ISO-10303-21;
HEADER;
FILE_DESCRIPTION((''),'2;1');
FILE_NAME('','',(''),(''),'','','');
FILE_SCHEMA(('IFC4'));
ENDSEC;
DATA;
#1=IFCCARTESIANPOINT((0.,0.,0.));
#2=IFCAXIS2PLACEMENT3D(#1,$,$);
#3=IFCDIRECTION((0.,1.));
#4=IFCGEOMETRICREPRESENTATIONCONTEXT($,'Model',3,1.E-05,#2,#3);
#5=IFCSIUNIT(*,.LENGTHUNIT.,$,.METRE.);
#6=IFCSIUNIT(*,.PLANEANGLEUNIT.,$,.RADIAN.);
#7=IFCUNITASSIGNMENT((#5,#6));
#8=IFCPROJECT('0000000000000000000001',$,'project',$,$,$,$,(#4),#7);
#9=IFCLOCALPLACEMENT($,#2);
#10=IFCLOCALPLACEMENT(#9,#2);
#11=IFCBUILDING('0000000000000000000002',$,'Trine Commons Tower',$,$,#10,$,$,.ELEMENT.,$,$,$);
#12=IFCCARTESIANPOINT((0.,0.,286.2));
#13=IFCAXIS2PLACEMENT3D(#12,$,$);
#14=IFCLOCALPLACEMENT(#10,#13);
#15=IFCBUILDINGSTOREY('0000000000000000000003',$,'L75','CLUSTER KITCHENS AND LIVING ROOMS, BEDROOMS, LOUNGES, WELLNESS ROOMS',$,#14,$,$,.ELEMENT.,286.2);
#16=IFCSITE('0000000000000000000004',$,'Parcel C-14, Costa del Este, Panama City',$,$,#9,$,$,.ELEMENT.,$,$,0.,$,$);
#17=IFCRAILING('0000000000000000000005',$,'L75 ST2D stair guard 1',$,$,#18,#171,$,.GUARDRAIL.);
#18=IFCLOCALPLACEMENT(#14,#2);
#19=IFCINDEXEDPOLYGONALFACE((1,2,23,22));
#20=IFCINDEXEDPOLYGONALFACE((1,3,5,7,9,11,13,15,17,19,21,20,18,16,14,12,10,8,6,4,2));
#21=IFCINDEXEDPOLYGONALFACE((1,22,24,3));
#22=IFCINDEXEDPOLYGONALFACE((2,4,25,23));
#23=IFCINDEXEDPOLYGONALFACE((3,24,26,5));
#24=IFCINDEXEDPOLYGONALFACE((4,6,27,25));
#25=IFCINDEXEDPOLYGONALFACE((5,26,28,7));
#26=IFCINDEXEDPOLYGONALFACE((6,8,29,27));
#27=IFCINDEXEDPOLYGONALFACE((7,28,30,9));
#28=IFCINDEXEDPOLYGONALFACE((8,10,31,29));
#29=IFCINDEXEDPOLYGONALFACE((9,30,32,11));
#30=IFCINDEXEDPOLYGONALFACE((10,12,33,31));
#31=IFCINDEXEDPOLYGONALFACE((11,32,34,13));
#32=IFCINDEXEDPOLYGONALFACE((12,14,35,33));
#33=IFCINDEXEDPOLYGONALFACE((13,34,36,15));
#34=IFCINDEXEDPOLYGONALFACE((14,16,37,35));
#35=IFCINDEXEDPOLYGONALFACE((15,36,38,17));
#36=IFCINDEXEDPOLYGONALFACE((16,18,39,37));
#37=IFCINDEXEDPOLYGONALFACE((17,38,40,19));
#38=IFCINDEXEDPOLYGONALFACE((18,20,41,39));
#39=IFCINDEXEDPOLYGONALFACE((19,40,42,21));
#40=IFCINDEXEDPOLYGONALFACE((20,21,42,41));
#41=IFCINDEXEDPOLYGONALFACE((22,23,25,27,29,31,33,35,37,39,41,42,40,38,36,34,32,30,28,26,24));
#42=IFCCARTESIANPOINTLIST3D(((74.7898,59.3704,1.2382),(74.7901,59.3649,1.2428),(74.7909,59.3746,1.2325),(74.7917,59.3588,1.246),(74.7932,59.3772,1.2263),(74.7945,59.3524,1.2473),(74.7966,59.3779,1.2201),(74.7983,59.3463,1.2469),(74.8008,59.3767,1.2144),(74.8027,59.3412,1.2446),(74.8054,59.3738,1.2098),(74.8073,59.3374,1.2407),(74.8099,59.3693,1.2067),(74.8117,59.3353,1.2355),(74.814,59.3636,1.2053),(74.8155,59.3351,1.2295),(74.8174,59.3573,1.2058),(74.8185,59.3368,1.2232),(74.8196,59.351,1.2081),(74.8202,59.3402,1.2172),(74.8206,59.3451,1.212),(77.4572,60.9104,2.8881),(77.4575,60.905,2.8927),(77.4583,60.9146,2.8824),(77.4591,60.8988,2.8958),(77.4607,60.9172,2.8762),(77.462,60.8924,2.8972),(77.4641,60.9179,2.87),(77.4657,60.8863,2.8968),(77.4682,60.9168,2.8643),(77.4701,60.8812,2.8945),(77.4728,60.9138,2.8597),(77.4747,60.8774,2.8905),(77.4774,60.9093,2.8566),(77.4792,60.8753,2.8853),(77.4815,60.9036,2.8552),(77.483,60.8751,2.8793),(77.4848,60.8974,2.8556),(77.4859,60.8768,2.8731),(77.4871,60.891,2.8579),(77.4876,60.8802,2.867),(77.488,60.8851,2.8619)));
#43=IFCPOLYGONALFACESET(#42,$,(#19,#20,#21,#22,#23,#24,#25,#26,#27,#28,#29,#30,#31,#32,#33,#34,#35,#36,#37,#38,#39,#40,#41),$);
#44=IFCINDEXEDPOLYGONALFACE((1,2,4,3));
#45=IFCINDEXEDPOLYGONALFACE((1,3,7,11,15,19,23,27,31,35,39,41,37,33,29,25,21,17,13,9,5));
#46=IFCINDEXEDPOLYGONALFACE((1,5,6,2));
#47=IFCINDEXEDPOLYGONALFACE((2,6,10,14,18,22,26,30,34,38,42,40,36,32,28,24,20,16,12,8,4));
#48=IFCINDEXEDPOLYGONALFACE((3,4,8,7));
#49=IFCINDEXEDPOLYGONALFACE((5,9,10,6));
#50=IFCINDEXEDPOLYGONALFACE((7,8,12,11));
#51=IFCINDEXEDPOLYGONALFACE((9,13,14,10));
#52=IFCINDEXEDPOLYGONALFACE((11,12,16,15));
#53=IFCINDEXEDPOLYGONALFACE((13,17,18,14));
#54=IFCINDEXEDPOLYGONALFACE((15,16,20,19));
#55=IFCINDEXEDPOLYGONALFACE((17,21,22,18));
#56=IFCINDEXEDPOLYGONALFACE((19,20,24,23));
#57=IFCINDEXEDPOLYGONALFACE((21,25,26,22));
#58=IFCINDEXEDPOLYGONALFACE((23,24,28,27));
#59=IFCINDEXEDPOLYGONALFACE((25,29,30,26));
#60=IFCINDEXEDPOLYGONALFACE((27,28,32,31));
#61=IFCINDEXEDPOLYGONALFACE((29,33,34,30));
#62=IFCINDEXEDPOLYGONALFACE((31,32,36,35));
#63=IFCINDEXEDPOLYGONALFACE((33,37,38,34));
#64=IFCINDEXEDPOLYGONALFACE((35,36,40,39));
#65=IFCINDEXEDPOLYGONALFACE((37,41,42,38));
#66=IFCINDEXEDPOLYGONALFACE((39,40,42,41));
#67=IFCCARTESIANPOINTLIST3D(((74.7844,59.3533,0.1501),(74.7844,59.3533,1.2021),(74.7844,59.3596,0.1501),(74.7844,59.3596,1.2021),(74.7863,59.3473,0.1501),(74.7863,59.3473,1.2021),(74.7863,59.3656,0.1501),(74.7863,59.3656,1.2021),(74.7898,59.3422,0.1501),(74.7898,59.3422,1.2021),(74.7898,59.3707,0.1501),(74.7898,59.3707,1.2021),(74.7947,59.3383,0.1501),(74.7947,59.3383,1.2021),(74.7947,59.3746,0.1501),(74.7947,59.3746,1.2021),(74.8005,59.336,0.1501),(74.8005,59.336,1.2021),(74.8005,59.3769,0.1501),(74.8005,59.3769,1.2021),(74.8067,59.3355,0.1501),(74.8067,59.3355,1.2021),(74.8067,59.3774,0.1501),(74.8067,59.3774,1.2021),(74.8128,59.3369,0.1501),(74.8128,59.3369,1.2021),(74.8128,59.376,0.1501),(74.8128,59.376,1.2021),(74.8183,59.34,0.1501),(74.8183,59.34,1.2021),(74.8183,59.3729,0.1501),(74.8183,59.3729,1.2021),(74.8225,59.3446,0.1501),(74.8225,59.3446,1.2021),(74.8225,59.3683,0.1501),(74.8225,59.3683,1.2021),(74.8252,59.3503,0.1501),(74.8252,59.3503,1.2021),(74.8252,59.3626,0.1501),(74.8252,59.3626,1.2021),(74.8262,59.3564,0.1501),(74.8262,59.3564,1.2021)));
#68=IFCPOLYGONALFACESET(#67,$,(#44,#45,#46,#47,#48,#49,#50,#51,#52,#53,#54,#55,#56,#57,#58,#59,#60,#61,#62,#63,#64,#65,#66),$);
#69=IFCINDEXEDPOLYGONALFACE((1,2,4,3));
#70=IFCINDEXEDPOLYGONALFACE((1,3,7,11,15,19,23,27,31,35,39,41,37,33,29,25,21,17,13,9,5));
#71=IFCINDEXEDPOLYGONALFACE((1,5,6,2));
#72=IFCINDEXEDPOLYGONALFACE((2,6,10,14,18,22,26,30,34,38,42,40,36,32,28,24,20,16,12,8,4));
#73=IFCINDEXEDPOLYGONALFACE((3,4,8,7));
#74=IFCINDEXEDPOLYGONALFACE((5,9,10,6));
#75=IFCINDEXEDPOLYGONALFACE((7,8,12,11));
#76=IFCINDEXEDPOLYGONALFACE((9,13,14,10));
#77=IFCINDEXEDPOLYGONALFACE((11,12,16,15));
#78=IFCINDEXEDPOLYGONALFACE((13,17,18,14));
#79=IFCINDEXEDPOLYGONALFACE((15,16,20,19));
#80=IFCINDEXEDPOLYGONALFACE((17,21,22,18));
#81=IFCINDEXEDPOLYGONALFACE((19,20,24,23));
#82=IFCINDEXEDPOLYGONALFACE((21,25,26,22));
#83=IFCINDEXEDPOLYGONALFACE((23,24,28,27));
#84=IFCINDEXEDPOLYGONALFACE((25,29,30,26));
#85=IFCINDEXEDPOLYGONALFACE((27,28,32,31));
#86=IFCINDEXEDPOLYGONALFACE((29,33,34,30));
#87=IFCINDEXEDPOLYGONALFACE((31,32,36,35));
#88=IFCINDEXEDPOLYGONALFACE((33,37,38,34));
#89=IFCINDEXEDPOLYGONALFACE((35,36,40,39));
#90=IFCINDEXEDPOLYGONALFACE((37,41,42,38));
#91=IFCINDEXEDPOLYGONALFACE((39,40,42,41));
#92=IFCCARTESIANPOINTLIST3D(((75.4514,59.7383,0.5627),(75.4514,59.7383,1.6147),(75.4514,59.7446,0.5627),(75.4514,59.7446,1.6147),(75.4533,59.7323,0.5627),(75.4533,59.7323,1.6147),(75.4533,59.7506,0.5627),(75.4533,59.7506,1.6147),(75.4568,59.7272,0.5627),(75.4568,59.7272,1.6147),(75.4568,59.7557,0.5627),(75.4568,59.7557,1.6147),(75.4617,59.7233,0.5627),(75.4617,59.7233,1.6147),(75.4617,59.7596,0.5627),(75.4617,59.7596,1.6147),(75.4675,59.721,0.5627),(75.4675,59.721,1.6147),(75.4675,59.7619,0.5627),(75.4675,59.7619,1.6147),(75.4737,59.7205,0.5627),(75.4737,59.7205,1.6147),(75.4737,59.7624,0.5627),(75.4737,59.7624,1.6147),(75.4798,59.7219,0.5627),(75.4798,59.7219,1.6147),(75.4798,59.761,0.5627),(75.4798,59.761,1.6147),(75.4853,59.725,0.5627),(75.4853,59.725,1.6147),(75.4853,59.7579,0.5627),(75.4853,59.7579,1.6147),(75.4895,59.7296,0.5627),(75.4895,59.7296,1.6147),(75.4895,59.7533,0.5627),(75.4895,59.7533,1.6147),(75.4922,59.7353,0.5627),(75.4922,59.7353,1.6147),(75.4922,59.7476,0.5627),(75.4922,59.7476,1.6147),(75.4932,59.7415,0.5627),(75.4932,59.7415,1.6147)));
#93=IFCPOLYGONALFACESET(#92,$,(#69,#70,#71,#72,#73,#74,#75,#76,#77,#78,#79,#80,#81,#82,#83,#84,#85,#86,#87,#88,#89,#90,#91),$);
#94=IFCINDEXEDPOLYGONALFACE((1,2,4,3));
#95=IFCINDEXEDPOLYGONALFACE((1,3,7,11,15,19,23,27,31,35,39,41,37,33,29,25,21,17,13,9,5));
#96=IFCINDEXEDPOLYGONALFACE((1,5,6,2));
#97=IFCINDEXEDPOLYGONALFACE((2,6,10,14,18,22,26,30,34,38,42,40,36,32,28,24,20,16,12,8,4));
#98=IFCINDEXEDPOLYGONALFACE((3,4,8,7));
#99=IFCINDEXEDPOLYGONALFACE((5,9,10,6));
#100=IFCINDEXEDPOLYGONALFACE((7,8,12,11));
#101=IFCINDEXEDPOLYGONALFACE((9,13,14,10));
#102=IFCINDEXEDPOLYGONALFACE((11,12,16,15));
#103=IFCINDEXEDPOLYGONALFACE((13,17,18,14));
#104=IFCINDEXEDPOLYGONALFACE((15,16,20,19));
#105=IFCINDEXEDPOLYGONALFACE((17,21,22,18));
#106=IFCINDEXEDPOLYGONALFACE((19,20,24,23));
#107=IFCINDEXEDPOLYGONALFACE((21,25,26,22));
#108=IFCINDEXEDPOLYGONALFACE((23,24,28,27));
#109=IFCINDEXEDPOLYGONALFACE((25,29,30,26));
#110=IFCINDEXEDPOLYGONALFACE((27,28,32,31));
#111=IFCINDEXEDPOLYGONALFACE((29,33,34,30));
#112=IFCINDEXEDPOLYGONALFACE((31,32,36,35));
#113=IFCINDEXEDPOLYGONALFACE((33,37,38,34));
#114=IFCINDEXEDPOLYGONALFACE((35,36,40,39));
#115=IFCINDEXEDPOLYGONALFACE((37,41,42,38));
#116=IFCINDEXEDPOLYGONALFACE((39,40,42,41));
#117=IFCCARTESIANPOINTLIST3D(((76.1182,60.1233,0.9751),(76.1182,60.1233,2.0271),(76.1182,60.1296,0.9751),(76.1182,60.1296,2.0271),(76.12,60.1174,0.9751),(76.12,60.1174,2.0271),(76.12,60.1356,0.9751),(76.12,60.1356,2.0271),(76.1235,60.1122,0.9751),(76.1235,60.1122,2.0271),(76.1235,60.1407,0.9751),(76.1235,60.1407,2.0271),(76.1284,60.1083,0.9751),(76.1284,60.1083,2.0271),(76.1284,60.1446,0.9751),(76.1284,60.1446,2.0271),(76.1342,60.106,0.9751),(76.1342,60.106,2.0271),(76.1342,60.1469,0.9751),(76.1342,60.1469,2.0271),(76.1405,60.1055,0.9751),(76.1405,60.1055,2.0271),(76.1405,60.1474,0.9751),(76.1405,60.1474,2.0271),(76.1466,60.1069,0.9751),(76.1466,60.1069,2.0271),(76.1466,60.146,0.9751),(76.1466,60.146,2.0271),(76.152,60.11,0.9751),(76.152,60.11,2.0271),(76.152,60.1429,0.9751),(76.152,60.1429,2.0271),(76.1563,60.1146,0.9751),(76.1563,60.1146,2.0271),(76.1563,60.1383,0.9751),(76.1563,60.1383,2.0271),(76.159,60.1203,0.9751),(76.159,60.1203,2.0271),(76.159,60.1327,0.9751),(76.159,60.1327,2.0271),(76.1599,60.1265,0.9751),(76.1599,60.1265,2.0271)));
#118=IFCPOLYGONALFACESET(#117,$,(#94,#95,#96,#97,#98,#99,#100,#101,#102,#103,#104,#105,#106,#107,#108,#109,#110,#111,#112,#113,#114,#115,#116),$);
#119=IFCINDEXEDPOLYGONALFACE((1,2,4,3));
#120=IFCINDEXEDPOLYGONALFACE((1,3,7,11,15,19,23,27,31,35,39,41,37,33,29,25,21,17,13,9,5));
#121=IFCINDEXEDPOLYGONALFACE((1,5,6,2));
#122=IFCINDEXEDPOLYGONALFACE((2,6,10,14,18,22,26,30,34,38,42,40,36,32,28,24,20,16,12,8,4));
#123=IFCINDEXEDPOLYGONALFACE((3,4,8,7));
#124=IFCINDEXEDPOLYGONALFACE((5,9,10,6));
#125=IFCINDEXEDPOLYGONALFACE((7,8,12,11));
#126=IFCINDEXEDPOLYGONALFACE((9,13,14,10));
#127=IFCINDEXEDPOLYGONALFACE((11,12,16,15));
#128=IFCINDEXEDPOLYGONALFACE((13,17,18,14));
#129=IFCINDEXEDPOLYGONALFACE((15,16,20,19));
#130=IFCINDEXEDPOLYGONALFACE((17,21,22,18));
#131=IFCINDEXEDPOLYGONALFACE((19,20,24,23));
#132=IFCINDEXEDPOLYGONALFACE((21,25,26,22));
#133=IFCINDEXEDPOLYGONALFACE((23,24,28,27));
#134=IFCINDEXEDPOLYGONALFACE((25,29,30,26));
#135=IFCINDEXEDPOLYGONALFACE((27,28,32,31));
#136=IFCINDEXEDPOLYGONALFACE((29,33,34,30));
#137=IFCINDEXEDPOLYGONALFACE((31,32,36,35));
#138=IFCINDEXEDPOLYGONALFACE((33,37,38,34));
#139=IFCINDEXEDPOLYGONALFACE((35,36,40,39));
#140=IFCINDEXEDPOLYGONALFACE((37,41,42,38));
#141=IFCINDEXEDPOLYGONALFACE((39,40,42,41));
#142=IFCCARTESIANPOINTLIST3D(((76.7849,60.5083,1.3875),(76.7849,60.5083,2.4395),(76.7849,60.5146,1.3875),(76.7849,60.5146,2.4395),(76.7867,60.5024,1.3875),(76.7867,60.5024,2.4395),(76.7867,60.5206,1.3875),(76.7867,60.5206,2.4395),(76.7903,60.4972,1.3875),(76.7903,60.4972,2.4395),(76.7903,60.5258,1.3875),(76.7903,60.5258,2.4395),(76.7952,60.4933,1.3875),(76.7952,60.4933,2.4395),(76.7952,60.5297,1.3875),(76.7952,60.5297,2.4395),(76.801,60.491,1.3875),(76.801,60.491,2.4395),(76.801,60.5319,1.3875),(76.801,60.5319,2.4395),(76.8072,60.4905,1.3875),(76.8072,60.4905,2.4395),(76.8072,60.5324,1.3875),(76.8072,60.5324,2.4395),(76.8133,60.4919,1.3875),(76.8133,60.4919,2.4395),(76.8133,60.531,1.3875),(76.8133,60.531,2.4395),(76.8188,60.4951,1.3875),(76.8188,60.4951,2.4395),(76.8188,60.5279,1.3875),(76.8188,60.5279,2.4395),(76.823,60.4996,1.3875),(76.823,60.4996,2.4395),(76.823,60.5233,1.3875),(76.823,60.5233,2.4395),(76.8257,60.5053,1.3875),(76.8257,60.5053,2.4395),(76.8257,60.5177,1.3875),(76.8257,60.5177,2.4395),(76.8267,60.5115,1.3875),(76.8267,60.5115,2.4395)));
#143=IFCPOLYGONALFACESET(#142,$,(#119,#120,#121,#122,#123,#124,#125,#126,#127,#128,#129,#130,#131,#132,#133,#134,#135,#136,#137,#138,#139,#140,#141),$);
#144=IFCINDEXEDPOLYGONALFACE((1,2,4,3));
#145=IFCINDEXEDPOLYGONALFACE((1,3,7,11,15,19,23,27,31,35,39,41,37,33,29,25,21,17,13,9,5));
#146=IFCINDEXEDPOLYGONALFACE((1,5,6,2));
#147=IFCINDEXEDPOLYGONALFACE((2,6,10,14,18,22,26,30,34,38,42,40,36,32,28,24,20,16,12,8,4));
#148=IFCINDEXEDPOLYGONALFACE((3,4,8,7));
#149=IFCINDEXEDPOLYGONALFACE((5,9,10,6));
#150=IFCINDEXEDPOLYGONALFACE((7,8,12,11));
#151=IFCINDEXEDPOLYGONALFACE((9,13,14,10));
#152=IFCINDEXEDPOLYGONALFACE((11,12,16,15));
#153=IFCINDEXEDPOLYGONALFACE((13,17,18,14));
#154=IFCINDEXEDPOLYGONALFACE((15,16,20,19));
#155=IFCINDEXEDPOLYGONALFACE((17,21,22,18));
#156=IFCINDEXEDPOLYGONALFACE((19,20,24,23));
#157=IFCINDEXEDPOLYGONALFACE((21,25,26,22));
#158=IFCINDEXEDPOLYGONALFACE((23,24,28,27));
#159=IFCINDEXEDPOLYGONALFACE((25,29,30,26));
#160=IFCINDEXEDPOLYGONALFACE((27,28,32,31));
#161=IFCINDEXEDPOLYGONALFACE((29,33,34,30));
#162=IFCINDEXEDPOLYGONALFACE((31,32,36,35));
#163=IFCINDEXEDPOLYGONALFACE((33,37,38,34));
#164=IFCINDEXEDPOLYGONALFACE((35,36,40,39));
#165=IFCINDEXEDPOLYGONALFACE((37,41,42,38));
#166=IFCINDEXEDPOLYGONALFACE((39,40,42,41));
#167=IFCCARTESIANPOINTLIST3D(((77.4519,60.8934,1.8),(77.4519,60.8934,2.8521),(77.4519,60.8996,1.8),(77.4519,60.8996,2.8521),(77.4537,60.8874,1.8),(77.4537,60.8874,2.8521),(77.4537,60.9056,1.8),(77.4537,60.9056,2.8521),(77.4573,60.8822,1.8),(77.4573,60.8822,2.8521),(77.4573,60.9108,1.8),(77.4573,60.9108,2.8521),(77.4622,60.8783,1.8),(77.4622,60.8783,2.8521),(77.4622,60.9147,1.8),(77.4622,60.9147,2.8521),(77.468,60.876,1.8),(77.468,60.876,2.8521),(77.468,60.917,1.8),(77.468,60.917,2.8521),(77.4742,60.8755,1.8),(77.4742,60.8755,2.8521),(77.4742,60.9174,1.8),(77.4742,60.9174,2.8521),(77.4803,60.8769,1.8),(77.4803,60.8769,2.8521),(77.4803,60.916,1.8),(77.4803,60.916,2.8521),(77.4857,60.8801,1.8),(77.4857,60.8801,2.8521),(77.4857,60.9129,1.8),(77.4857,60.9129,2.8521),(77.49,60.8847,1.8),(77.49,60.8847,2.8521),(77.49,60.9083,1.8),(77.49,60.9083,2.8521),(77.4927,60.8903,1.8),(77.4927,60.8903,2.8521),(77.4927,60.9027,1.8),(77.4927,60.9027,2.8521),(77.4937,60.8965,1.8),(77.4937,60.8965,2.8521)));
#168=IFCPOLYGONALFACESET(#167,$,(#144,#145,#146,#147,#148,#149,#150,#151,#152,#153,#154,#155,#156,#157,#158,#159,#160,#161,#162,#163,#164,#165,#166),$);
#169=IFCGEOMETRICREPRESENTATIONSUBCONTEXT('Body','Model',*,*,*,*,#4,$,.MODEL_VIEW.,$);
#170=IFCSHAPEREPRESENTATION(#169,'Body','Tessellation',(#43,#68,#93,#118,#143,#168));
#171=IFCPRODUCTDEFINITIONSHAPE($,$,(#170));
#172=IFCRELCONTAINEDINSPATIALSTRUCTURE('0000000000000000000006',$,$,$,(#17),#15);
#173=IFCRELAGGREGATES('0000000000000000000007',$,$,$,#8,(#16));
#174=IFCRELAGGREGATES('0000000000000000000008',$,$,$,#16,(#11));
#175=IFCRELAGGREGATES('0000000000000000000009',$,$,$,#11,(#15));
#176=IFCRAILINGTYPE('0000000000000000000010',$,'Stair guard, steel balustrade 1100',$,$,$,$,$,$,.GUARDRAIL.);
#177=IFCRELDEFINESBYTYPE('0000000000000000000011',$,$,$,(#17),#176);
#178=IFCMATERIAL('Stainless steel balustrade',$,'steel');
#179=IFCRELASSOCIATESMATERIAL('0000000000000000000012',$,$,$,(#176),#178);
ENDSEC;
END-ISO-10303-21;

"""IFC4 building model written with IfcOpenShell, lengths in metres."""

from ifc_helpers import new_model, si_unit, direction, frame, origin, origin_2d, place, context, subcontext, project, spatial, circle, extrude, material, type_object, element, save


model = new_model("IFC4")

# Units and contexts
model_context = context("Model", 3, precision=1e-05, world=origin(), true_north=direction((0.0, 1.0)))
body_context = subcontext(model_context, "Body", "Model", "MODEL_VIEW")
ifc_project = project(units=[si_unit("LENGTHUNIT", "METRE"), si_unit("PLANEANGLEUNIT", "RADIAN")], contexts=[model_context])

# Site, building, storey
site_placement = place(None, origin())
site = spatial("IfcSite", under=ifc_project, at=site_placement, Name="Parcel C-14, Costa del Este, Panama City", CompositionType="ELEMENT", RefElevation=0.0)
building_placement = place(site_placement, origin())
building = spatial("IfcBuilding", under=site, at=building_placement, Name="Trine Commons Tower", CompositionType="ELEMENT")
storey_placement = place(building_placement, frame((0.0, 0.0, 286.2)))
storey = spatial("IfcBuildingStorey", under=building, at=storey_placement, Name="L75", Description="CLUSTER KITCHENS AND LIVING ROOMS, BEDROOMS, LOUNGES, WELLNESS ROOMS", CompositionType="ELEMENT", Elevation=286.2)

# Railing
ifc_material_1 = material(Name="Stainless steel balustrade", Category="steel")
railing_type_1 = type_object("IfcRailingType", Name="Stair guard, steel balustrade 1100", PredefinedType="GUARDRAIL", material=ifc_material_1)
railing_1_placement = place(storey_placement, frame((74.8052, 59.3564, 0.1501)))
element("IfcRailing", 1, at=railing_1_placement, inside=storey, type_object=railing_type_1, Name="L75 ST2D stair guard 1", PredefinedType="GUARDRAIL", context=body_context, shape_type="SweptSolid", body=[
    extrude(circle(Radius=0.0239, at=origin_2d()), frame((0.0, 0.0, 1.0762), z_axis=(0.763405, 0.440743, 0.472185), x_axis=(-0.499992, 0.86603, 0.0)), (0.0, 0.0, 1.0), 3.4941),
    extrude(circle(Radius=0.021, at=origin_2d()), origin(), (0.0, 0.0, 1.0), 1.052),
    extrude(circle(Radius=0.021, at=origin_2d()), frame((0.667, 0.385, 0.4126)), (0.0, 0.0, 1.0), 1.052),
    extrude(circle(Radius=0.021, at=origin_2d()), frame((1.3337, 0.77, 0.825)), (0.0, 0.0, 1.0), 1.052),
    extrude(circle(Radius=0.021, at=origin_2d()), frame((2.0005, 1.155, 1.2373)), (0.0, 0.0, 1.0), 1.052),
    extrude(circle(Radius=0.021, at=origin_2d()), frame((2.6675, 1.54, 1.6499)), (0.0, 0.0, 1.0), 1.052),
])

save(model, "model.ifc")
